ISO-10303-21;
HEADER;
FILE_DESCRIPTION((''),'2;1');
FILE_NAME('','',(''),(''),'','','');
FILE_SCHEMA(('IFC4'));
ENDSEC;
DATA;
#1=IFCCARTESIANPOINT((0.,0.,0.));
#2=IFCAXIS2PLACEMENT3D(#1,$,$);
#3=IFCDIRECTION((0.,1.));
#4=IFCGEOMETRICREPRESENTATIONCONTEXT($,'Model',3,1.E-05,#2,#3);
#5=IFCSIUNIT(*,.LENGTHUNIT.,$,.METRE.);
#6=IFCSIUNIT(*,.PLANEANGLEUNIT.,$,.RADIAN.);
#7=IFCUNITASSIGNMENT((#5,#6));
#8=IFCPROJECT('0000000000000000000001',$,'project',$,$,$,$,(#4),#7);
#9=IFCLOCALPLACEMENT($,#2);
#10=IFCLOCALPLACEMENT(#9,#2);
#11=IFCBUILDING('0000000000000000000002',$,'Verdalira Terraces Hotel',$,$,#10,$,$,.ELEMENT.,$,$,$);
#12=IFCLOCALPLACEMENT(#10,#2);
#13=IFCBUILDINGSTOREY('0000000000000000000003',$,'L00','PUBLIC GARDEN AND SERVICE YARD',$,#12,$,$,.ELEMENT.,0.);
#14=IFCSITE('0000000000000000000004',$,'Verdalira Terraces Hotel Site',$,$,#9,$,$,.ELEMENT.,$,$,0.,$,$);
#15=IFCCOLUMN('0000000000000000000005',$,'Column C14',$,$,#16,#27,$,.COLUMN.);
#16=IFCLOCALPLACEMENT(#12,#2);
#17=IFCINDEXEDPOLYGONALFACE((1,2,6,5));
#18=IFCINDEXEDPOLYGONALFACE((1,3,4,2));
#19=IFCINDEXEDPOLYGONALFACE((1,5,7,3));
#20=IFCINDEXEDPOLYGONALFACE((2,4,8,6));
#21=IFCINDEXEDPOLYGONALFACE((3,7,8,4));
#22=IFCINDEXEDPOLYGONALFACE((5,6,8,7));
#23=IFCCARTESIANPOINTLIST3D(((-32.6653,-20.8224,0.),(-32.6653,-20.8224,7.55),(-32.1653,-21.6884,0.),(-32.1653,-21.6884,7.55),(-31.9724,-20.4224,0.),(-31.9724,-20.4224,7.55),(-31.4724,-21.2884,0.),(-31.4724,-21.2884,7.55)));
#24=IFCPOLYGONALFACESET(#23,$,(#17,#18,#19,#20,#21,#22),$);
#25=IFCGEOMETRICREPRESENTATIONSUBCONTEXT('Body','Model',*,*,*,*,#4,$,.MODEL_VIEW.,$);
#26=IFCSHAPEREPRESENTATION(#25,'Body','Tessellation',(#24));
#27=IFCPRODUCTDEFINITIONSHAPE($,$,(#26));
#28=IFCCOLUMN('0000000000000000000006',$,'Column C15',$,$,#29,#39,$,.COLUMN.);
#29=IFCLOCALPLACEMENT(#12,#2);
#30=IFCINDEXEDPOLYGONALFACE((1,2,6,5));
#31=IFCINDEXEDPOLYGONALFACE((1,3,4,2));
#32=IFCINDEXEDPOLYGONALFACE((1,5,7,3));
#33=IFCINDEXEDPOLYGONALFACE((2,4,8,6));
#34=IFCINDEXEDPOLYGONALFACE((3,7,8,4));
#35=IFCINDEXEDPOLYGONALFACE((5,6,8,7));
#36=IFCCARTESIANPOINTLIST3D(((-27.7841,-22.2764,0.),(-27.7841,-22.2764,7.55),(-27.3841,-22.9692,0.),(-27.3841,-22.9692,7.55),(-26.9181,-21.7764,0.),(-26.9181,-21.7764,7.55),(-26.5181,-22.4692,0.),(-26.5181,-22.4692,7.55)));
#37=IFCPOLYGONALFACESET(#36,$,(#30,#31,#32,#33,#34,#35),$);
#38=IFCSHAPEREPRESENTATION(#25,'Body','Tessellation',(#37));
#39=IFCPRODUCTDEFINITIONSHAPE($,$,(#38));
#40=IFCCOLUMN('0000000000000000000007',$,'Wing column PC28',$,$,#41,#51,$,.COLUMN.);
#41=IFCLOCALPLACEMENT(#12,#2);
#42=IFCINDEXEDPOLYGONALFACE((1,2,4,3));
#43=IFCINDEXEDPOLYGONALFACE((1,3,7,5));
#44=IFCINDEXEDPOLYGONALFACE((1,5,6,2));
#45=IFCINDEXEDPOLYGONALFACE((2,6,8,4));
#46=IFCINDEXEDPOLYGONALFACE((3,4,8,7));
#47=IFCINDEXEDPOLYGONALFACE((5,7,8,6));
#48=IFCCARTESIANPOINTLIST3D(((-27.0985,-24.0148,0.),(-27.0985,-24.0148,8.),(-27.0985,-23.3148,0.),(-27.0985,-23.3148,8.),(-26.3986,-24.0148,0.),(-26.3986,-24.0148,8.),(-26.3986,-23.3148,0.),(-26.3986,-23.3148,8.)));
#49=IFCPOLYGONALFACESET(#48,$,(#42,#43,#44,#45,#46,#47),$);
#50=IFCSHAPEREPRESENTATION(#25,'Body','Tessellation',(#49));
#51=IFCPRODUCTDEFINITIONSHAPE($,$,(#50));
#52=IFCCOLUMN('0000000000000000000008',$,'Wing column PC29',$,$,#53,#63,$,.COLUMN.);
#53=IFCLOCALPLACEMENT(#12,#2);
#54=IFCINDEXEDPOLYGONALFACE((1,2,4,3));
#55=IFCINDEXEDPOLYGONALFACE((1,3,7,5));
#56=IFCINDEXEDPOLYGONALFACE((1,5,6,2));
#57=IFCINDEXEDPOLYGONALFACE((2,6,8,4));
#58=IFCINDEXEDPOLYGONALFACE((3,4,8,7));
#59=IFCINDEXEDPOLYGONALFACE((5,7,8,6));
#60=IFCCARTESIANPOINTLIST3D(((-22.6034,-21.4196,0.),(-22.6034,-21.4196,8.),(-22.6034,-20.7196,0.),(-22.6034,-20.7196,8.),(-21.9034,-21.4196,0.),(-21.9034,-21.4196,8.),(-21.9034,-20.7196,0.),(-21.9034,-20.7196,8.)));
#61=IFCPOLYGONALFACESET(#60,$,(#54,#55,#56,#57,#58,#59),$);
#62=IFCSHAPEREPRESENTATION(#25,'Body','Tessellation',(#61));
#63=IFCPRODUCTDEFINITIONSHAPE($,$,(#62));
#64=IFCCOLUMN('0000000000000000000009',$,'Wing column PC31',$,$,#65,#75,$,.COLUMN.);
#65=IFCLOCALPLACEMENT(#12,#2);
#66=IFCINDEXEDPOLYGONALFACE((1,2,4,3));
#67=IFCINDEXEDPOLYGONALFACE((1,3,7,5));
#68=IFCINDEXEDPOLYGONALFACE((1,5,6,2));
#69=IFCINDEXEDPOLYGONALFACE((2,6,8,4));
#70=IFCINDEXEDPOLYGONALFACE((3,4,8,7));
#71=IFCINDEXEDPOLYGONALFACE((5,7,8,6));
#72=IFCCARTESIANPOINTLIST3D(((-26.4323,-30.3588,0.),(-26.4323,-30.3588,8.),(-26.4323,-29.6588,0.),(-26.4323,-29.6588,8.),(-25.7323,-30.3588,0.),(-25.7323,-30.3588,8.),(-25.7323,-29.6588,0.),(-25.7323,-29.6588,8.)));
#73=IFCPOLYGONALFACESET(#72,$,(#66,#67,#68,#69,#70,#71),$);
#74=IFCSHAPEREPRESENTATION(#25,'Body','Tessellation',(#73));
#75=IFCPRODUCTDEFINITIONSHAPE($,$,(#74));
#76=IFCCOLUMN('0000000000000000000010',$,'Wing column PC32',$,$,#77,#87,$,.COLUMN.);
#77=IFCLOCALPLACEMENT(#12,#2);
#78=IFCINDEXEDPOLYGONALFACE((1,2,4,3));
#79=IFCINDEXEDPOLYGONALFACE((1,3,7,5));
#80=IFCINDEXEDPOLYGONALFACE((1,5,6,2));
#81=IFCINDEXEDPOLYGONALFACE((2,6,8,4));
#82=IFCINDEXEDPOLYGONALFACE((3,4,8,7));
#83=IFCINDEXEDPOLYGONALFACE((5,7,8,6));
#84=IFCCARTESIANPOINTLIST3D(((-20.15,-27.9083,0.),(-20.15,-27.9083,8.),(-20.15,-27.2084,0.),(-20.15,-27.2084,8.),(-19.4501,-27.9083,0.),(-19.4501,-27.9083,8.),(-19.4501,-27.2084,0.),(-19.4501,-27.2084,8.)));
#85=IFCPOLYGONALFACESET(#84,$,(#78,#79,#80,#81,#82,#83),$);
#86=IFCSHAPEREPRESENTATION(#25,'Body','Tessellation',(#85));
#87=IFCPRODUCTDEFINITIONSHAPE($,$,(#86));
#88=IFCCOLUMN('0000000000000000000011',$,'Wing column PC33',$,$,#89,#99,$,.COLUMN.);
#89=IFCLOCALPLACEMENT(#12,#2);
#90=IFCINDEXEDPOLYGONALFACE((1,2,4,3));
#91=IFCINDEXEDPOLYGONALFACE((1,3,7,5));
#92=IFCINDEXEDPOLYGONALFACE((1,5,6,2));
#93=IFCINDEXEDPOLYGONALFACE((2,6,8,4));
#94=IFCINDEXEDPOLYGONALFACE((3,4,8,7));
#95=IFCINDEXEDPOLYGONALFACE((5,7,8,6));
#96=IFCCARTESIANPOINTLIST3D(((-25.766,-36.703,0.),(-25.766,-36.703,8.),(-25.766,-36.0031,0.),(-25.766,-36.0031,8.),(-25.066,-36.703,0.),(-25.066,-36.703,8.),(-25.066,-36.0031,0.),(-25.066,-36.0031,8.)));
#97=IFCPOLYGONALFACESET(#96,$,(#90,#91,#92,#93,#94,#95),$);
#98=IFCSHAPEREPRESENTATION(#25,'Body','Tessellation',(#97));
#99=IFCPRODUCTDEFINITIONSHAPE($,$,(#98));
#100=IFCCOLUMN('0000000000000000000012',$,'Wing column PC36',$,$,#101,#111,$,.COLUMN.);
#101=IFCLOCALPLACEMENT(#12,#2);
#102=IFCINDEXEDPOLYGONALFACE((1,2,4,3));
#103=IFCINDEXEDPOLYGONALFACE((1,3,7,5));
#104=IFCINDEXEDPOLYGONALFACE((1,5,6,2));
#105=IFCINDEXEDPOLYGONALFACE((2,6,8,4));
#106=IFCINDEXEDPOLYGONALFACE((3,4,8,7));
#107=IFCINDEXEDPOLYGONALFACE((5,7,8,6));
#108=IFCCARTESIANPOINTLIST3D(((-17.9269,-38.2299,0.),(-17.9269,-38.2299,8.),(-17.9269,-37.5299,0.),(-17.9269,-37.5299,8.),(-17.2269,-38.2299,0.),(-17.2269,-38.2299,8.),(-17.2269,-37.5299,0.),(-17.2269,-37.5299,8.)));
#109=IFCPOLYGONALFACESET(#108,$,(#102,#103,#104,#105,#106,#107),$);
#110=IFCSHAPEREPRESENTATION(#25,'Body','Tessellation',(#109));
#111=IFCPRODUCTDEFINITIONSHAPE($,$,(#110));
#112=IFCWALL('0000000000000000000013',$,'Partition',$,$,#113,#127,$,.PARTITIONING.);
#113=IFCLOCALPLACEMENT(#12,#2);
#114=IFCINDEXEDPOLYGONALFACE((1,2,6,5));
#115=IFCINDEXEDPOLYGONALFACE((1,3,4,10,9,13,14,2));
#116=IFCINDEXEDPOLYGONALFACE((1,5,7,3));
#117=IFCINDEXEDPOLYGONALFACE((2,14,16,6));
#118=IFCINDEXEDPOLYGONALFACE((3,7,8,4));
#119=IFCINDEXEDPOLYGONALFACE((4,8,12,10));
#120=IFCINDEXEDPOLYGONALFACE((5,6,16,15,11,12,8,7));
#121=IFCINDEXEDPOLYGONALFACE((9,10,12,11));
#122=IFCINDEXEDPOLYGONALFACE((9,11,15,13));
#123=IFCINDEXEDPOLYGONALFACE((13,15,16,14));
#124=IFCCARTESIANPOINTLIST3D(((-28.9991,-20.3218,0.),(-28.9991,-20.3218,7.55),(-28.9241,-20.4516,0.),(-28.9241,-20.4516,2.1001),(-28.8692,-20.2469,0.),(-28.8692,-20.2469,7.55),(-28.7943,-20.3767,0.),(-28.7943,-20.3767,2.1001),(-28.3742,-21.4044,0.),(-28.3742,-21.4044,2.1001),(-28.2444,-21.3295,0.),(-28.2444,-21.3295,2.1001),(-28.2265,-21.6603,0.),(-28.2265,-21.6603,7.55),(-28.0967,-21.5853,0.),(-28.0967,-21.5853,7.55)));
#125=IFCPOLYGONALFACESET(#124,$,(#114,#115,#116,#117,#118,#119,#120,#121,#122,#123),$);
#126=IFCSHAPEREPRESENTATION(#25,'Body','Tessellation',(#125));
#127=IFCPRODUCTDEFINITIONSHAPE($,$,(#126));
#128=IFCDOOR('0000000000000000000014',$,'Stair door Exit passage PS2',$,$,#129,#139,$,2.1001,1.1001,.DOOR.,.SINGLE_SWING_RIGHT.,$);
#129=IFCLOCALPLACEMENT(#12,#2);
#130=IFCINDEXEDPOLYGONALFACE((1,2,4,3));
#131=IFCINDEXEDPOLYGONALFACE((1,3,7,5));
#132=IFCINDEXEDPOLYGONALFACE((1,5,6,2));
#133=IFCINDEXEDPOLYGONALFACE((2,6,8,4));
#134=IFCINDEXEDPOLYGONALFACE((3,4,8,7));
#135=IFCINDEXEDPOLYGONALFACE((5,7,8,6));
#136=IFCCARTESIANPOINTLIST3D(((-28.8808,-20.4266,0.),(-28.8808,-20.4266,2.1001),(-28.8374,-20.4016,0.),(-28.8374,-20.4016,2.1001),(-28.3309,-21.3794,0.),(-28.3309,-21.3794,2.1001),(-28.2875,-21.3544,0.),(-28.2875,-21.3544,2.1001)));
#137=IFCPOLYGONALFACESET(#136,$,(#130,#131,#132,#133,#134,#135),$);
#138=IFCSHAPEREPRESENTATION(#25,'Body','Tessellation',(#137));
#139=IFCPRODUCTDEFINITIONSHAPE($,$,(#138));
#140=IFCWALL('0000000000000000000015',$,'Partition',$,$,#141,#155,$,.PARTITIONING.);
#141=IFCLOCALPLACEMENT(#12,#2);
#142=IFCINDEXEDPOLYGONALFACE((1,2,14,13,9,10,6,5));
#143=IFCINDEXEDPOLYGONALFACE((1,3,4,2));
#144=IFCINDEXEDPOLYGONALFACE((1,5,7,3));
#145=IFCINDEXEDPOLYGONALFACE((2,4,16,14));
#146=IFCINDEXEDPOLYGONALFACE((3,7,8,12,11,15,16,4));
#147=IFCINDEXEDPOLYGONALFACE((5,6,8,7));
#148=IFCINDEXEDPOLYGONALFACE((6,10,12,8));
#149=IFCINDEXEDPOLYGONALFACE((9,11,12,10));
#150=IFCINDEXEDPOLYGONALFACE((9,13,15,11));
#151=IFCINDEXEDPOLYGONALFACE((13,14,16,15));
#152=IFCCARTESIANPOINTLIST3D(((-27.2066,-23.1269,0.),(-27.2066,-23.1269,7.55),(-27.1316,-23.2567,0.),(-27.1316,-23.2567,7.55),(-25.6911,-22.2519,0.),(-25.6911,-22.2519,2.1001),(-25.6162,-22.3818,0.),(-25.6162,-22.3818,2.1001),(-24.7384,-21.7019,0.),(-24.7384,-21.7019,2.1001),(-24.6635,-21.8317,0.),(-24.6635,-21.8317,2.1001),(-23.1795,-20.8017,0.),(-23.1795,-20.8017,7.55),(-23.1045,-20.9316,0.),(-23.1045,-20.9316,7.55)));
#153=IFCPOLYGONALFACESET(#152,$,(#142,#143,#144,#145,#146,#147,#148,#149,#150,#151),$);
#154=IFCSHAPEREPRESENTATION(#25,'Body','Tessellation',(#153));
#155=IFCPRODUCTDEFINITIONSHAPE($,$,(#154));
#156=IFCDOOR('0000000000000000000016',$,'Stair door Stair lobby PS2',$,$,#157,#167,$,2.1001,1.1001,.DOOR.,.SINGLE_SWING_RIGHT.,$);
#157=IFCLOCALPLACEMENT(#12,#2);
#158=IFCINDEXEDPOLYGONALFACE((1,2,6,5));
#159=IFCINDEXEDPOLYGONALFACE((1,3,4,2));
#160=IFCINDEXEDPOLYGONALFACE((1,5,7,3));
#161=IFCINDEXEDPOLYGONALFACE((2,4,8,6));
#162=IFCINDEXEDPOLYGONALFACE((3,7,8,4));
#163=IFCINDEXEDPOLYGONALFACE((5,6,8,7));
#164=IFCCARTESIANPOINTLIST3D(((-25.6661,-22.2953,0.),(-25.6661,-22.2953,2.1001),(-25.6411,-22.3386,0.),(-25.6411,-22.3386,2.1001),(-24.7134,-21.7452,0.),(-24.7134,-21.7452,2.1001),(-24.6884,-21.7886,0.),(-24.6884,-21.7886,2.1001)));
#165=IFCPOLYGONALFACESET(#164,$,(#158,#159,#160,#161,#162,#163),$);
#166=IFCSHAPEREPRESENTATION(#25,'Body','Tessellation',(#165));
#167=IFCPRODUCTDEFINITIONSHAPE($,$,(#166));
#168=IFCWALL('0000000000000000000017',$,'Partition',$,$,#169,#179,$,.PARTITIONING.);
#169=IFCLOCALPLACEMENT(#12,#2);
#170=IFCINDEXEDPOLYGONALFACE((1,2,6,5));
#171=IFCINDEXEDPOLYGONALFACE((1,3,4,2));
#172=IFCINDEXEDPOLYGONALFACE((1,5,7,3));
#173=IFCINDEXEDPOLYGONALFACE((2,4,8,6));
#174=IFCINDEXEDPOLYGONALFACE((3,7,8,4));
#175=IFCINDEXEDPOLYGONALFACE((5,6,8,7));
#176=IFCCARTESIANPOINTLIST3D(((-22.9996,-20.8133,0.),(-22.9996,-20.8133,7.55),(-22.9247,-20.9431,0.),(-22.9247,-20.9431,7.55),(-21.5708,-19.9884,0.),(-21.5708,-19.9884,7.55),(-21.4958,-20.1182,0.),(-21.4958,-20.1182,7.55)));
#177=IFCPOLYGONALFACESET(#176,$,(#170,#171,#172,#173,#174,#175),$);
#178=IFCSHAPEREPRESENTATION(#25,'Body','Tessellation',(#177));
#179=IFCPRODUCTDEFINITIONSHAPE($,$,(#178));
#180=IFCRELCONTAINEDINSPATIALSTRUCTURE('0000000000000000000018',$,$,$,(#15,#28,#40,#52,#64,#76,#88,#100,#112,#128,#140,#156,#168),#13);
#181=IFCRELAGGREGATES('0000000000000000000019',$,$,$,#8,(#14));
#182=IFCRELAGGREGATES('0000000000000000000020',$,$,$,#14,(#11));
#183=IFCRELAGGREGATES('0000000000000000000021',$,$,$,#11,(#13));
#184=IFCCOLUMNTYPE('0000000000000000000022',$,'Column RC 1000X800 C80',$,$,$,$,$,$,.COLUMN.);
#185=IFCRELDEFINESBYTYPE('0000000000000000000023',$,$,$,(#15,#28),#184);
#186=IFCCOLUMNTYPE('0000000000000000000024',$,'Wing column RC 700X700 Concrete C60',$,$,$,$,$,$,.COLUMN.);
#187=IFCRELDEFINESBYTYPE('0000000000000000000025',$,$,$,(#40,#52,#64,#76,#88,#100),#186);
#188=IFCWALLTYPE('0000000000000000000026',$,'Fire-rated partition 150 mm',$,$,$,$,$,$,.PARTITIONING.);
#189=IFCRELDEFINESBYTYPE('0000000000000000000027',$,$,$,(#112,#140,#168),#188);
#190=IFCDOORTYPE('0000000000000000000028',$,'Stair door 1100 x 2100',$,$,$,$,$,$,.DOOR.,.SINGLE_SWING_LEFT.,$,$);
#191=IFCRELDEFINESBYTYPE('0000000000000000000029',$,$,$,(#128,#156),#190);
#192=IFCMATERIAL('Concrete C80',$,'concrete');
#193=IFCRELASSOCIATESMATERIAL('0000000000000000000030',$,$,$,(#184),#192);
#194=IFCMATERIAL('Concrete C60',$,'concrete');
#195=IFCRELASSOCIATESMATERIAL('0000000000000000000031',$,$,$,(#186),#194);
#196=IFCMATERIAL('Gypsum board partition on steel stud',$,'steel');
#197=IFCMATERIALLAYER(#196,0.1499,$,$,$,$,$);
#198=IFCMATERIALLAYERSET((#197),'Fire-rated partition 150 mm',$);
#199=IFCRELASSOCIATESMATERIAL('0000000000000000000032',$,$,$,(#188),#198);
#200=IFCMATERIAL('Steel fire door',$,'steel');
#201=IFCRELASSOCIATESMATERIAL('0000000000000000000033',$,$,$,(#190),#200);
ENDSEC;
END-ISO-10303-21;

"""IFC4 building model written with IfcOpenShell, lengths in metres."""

from ifc_helpers import new_model, si_unit, direction, frame, frame_2d, origin, origin_2d, place, context, subcontext, project, spatial, rectangle, extrude, material, layer, layer_set, material_profile, profile_set, type_object, element, fill, save


model = new_model("IFC4")

# Units and contexts
model_context = context("Model", 3, precision=1e-05, world=origin(), true_north=direction((0.0, 1.0)))
body_context = subcontext(model_context, "Body", "Model", "MODEL_VIEW")
ifc_project = project(units=[si_unit("LENGTHUNIT", "METRE"), si_unit("PLANEANGLEUNIT", "RADIAN")], contexts=[model_context])

# Site, building, storey
site_placement = place(None, origin())
site = spatial("IfcSite", under=ifc_project, at=site_placement, Name="Verdalira Terraces Hotel Site", CompositionType="ELEMENT", RefElevation=0.0)
building_placement = place(site_placement, origin())
building = spatial("IfcBuilding", under=site, at=building_placement, Name="Verdalira Terraces Hotel", CompositionType="ELEMENT")
storey_placement = place(building_placement, origin())
storey = spatial("IfcBuildingStorey", under=building, at=storey_placement, Name="L00", Description="PUBLIC GARDEN AND SERVICE YARD", CompositionType="ELEMENT", Elevation=0.0)

# Columns
ifc_material_1 = material(Name="Concrete C80", Category="concrete")
ifc_material_profile_1 = material_profile(ifc_material_1, rectangle(XDim=1.0, YDim=0.8, at=origin_2d()), Name="RC 1000X800")
ifc_profile_set_1 = profile_set([ifc_material_profile_1], Name="Concrete C80")
column_type_1 = type_object("IfcColumnType", Name="Column RC 1000X800 C80", PredefinedType="COLUMN", material=ifc_profile_set_1)
for number, where, z_axis, x_axis, name in (
    (1, (-32.0688, -21.0554, 0.0), (0.0, 0.0, 1.0), (0.5, -0.866025, 0.0), "Column C14"),
    (2, (-27.1511, -22.3728, 0.0), (0.0, 0.0, 1.0), (0.866025, 0.5, 0.0), "Column C15"),
):
    element("IfcColumn", number, at=place(storey_placement, frame(where, z_axis=z_axis, x_axis=x_axis)), inside=storey, type_object=column_type_1, Name=name, PredefinedType="COLUMN", context=body_context, shape_type="SweptSolid", body=[
        extrude(rectangle(XDim=1.0, YDim=0.8, at=origin_2d()), origin(), (0.0, 0.0, 1.0), 7.55),
    ])
ifc_material_2 = material(Name="Concrete C60", Category="concrete")
ifc_material_profile_2 = material_profile(ifc_material_2, rectangle(XDim=0.7, YDim=0.7, at=origin_2d()), Name="RC 700X700")
ifc_profile_set_2 = profile_set([ifc_material_profile_2], Name="Concrete C60")
column_type_2 = type_object("IfcColumnType", Name="Wing column RC 700X700 Concrete C60", PredefinedType="COLUMN", material=ifc_profile_set_2)
for number, where, z_axis, x_axis, name in (
    (3, (-26.7485, -23.6648, 0.0), (0.0, 0.0, 1.0), (0.0, -1.0, 0.0), "Wing column PC28"),
    (4, (-22.2534, -21.0696, 0.0), (0.0, 0.0, 1.0), (0.0, -1.0, 0.0), "Wing column PC29"),
    (5, (-26.0823, -30.0088, 0.0), (0.0, 0.0, 1.0), (0.0, -1.0, 0.0), "Wing column PC31"),
    (6, (-19.8, -27.5584, 0.0), (0.0, 0.0, 1.0), (0.0, -1.0, 0.0), "Wing column PC32"),
    (7, (-25.416, -36.353, 0.0), (0.0, 0.0, 1.0), (0.0, -1.0, 0.0), "Wing column PC33"),
    (8, (-17.5769, -37.8799, 0.0), (0.0, 0.0, 1.0), (0.0, -1.0, 0.0), "Wing column PC36"),
):
    element("IfcColumn", number, at=place(storey_placement, frame(where, z_axis=z_axis, x_axis=x_axis)), inside=storey, type_object=column_type_2, Name=name, PredefinedType="COLUMN", context=body_context, shape_type="SweptSolid", body=[
        extrude(rectangle(XDim=0.7, YDim=0.7, at=origin_2d()), origin(), (0.0, 0.0, 1.0), 8.0),
    ])

# Walls, openings, doors
ifc_material_3 = material(Name="Gypsum board partition on steel stud", Category="steel")
ifc_layer_1 = layer(ifc_material_3, 0.1499)
ifc_layer_set_1 = layer_set([ifc_layer_1], Name="Fire-rated partition 150 mm")
wall_type_1 = type_object("IfcWallType", Name="Fire-rated partition 150 mm", PredefinedType="PARTITIONING", material=ifc_layer_set_1)
wall_1_placement = place(storey_placement, frame((-28.1616, -21.6228, 0.0), z_axis=(0.0, 0.0, 1.0), x_axis=(-0.499877, 0.866096, 0.0)))
wall_1 = element("IfcWall", 9, at=wall_1_placement, inside=storey, type_object=wall_type_1, Name="Partition", PredefinedType="PARTITIONING", context=body_context, shape_type="SweptSolid", body=[
    extrude(rectangle(XDim=1.5454, YDim=0.1499, at=frame_2d((0.7727, 0.0))), origin(), (0.0, 0.0, 1.0), 7.55),
])
opening_1_placement = place(wall_1_placement, frame((0.2954, 0.0, 0.0)))
opening_1 = element("IfcOpeningElement", 10, at=opening_1_placement, cuts=wall_1, PredefinedType="OPENING", context=body_context, shape_type="SweptSolid", body=[
    extrude(rectangle(XDim=1.1001, YDim=2.1001, at=frame_2d((0.55, 1.05))), frame((0.0, 0.085, 0.0), z_axis=(0.0, -1.0, 0.0), x_axis=(1.0, 0.0, 0.0)), (0.0, 0.0, 1.0), 0.1699),
])
ifc_material_4 = material(Name="Steel fire door", Category="steel")
door_type_1 = type_object("IfcDoorType", Name="Stair door 1100 x 2100", OperationType="SINGLE_SWING_LEFT", PredefinedType="DOOR", material=ifc_material_4)
door_1_placement = place(opening_1_placement, origin())
door_1 = element("IfcDoor", 11, at=door_1_placement, inside=storey, type_object=door_type_1, Name="Stair door Exit passage PS2", OperationType="SINGLE_SWING_RIGHT", OverallHeight=2.1001, OverallWidth=1.1001, PredefinedType="DOOR", context=body_context, shape_type="SweptSolid", body=[
    extrude(rectangle(XDim=1.1001, YDim=2.1001, at=frame_2d((0.55, 1.05))), frame((0.0, 0.0249, 0.0), z_axis=(0.0, -1.0, 0.0), x_axis=(1.0, 0.0, 0.0)), (0.0, 0.0, 1.0), 0.05),
])
fill(opening_1, door_1)
wall_2_placement = place(storey_placement, frame((-27.1692, -23.1919, 0.0), z_axis=(0.0, 0.0, 1.0), x_axis=(0.866012, 0.500024, 0.0)))
wall_2 = element("IfcWall", 12, at=wall_2_placement, inside=storey, type_object=wall_type_1, Name="Partition", PredefinedType="PARTITIONING", context=body_context, shape_type="SweptSolid", body=[
    extrude(rectangle(XDim=4.6501, YDim=0.1499, at=frame_2d((2.3252, 0.0))), origin(), (0.0, 0.0, 1.0), 7.55),
])
opening_2_placement = place(wall_2_placement, frame((1.75, 0.0, 0.0)))
opening_2 = element("IfcOpeningElement", 13, at=opening_2_placement, cuts=wall_2, PredefinedType="OPENING", context=body_context, shape_type="SweptSolid", body=[
    extrude(rectangle(XDim=1.1001, YDim=2.1001, at=frame_2d((0.55, 1.05))), frame((0.0, 0.085, 0.0), z_axis=(0.0, -1.0, 0.0), x_axis=(1.0, 0.0, 0.0)), (0.0, 0.0, 1.0), 0.1699),
])
door_2_placement = place(opening_2_placement, origin())
door_2 = element("IfcDoor", 14, at=door_2_placement, inside=storey, type_object=door_type_1, Name="Stair door Stair lobby PS2", OperationType="SINGLE_SWING_RIGHT", OverallHeight=2.1001, OverallWidth=1.1001, PredefinedType="DOOR", context=body_context, shape_type="SweptSolid", body=[
    extrude(rectangle(XDim=1.1001, YDim=2.1001, at=frame_2d((0.55, 1.05))), frame((0.0, 0.0249, 0.0), z_axis=(0.0, -1.0, 0.0), x_axis=(1.0, 0.0, 0.0)), (0.0, 0.0, 1.0), 0.05),
])
fill(opening_2, door_2)

# Wall
wall_3_placement = place(storey_placement, frame((-22.9622, -20.8782, 0.0), z_axis=(0.0, 0.0, 1.0), x_axis=(0.86604, 0.499974, 0.0)))
element("IfcWall", 15, at=wall_3_placement, inside=storey, type_object=wall_type_1, Name="Partition", PredefinedType="PARTITIONING", context=body_context, shape_type="SweptSolid", body=[
    extrude(rectangle(XDim=1.6499, YDim=0.1499, at=frame_2d((0.825, 0.0))), origin(), (0.0, 0.0, 1.0), 7.55),
])

save(model, "model.ifc")
